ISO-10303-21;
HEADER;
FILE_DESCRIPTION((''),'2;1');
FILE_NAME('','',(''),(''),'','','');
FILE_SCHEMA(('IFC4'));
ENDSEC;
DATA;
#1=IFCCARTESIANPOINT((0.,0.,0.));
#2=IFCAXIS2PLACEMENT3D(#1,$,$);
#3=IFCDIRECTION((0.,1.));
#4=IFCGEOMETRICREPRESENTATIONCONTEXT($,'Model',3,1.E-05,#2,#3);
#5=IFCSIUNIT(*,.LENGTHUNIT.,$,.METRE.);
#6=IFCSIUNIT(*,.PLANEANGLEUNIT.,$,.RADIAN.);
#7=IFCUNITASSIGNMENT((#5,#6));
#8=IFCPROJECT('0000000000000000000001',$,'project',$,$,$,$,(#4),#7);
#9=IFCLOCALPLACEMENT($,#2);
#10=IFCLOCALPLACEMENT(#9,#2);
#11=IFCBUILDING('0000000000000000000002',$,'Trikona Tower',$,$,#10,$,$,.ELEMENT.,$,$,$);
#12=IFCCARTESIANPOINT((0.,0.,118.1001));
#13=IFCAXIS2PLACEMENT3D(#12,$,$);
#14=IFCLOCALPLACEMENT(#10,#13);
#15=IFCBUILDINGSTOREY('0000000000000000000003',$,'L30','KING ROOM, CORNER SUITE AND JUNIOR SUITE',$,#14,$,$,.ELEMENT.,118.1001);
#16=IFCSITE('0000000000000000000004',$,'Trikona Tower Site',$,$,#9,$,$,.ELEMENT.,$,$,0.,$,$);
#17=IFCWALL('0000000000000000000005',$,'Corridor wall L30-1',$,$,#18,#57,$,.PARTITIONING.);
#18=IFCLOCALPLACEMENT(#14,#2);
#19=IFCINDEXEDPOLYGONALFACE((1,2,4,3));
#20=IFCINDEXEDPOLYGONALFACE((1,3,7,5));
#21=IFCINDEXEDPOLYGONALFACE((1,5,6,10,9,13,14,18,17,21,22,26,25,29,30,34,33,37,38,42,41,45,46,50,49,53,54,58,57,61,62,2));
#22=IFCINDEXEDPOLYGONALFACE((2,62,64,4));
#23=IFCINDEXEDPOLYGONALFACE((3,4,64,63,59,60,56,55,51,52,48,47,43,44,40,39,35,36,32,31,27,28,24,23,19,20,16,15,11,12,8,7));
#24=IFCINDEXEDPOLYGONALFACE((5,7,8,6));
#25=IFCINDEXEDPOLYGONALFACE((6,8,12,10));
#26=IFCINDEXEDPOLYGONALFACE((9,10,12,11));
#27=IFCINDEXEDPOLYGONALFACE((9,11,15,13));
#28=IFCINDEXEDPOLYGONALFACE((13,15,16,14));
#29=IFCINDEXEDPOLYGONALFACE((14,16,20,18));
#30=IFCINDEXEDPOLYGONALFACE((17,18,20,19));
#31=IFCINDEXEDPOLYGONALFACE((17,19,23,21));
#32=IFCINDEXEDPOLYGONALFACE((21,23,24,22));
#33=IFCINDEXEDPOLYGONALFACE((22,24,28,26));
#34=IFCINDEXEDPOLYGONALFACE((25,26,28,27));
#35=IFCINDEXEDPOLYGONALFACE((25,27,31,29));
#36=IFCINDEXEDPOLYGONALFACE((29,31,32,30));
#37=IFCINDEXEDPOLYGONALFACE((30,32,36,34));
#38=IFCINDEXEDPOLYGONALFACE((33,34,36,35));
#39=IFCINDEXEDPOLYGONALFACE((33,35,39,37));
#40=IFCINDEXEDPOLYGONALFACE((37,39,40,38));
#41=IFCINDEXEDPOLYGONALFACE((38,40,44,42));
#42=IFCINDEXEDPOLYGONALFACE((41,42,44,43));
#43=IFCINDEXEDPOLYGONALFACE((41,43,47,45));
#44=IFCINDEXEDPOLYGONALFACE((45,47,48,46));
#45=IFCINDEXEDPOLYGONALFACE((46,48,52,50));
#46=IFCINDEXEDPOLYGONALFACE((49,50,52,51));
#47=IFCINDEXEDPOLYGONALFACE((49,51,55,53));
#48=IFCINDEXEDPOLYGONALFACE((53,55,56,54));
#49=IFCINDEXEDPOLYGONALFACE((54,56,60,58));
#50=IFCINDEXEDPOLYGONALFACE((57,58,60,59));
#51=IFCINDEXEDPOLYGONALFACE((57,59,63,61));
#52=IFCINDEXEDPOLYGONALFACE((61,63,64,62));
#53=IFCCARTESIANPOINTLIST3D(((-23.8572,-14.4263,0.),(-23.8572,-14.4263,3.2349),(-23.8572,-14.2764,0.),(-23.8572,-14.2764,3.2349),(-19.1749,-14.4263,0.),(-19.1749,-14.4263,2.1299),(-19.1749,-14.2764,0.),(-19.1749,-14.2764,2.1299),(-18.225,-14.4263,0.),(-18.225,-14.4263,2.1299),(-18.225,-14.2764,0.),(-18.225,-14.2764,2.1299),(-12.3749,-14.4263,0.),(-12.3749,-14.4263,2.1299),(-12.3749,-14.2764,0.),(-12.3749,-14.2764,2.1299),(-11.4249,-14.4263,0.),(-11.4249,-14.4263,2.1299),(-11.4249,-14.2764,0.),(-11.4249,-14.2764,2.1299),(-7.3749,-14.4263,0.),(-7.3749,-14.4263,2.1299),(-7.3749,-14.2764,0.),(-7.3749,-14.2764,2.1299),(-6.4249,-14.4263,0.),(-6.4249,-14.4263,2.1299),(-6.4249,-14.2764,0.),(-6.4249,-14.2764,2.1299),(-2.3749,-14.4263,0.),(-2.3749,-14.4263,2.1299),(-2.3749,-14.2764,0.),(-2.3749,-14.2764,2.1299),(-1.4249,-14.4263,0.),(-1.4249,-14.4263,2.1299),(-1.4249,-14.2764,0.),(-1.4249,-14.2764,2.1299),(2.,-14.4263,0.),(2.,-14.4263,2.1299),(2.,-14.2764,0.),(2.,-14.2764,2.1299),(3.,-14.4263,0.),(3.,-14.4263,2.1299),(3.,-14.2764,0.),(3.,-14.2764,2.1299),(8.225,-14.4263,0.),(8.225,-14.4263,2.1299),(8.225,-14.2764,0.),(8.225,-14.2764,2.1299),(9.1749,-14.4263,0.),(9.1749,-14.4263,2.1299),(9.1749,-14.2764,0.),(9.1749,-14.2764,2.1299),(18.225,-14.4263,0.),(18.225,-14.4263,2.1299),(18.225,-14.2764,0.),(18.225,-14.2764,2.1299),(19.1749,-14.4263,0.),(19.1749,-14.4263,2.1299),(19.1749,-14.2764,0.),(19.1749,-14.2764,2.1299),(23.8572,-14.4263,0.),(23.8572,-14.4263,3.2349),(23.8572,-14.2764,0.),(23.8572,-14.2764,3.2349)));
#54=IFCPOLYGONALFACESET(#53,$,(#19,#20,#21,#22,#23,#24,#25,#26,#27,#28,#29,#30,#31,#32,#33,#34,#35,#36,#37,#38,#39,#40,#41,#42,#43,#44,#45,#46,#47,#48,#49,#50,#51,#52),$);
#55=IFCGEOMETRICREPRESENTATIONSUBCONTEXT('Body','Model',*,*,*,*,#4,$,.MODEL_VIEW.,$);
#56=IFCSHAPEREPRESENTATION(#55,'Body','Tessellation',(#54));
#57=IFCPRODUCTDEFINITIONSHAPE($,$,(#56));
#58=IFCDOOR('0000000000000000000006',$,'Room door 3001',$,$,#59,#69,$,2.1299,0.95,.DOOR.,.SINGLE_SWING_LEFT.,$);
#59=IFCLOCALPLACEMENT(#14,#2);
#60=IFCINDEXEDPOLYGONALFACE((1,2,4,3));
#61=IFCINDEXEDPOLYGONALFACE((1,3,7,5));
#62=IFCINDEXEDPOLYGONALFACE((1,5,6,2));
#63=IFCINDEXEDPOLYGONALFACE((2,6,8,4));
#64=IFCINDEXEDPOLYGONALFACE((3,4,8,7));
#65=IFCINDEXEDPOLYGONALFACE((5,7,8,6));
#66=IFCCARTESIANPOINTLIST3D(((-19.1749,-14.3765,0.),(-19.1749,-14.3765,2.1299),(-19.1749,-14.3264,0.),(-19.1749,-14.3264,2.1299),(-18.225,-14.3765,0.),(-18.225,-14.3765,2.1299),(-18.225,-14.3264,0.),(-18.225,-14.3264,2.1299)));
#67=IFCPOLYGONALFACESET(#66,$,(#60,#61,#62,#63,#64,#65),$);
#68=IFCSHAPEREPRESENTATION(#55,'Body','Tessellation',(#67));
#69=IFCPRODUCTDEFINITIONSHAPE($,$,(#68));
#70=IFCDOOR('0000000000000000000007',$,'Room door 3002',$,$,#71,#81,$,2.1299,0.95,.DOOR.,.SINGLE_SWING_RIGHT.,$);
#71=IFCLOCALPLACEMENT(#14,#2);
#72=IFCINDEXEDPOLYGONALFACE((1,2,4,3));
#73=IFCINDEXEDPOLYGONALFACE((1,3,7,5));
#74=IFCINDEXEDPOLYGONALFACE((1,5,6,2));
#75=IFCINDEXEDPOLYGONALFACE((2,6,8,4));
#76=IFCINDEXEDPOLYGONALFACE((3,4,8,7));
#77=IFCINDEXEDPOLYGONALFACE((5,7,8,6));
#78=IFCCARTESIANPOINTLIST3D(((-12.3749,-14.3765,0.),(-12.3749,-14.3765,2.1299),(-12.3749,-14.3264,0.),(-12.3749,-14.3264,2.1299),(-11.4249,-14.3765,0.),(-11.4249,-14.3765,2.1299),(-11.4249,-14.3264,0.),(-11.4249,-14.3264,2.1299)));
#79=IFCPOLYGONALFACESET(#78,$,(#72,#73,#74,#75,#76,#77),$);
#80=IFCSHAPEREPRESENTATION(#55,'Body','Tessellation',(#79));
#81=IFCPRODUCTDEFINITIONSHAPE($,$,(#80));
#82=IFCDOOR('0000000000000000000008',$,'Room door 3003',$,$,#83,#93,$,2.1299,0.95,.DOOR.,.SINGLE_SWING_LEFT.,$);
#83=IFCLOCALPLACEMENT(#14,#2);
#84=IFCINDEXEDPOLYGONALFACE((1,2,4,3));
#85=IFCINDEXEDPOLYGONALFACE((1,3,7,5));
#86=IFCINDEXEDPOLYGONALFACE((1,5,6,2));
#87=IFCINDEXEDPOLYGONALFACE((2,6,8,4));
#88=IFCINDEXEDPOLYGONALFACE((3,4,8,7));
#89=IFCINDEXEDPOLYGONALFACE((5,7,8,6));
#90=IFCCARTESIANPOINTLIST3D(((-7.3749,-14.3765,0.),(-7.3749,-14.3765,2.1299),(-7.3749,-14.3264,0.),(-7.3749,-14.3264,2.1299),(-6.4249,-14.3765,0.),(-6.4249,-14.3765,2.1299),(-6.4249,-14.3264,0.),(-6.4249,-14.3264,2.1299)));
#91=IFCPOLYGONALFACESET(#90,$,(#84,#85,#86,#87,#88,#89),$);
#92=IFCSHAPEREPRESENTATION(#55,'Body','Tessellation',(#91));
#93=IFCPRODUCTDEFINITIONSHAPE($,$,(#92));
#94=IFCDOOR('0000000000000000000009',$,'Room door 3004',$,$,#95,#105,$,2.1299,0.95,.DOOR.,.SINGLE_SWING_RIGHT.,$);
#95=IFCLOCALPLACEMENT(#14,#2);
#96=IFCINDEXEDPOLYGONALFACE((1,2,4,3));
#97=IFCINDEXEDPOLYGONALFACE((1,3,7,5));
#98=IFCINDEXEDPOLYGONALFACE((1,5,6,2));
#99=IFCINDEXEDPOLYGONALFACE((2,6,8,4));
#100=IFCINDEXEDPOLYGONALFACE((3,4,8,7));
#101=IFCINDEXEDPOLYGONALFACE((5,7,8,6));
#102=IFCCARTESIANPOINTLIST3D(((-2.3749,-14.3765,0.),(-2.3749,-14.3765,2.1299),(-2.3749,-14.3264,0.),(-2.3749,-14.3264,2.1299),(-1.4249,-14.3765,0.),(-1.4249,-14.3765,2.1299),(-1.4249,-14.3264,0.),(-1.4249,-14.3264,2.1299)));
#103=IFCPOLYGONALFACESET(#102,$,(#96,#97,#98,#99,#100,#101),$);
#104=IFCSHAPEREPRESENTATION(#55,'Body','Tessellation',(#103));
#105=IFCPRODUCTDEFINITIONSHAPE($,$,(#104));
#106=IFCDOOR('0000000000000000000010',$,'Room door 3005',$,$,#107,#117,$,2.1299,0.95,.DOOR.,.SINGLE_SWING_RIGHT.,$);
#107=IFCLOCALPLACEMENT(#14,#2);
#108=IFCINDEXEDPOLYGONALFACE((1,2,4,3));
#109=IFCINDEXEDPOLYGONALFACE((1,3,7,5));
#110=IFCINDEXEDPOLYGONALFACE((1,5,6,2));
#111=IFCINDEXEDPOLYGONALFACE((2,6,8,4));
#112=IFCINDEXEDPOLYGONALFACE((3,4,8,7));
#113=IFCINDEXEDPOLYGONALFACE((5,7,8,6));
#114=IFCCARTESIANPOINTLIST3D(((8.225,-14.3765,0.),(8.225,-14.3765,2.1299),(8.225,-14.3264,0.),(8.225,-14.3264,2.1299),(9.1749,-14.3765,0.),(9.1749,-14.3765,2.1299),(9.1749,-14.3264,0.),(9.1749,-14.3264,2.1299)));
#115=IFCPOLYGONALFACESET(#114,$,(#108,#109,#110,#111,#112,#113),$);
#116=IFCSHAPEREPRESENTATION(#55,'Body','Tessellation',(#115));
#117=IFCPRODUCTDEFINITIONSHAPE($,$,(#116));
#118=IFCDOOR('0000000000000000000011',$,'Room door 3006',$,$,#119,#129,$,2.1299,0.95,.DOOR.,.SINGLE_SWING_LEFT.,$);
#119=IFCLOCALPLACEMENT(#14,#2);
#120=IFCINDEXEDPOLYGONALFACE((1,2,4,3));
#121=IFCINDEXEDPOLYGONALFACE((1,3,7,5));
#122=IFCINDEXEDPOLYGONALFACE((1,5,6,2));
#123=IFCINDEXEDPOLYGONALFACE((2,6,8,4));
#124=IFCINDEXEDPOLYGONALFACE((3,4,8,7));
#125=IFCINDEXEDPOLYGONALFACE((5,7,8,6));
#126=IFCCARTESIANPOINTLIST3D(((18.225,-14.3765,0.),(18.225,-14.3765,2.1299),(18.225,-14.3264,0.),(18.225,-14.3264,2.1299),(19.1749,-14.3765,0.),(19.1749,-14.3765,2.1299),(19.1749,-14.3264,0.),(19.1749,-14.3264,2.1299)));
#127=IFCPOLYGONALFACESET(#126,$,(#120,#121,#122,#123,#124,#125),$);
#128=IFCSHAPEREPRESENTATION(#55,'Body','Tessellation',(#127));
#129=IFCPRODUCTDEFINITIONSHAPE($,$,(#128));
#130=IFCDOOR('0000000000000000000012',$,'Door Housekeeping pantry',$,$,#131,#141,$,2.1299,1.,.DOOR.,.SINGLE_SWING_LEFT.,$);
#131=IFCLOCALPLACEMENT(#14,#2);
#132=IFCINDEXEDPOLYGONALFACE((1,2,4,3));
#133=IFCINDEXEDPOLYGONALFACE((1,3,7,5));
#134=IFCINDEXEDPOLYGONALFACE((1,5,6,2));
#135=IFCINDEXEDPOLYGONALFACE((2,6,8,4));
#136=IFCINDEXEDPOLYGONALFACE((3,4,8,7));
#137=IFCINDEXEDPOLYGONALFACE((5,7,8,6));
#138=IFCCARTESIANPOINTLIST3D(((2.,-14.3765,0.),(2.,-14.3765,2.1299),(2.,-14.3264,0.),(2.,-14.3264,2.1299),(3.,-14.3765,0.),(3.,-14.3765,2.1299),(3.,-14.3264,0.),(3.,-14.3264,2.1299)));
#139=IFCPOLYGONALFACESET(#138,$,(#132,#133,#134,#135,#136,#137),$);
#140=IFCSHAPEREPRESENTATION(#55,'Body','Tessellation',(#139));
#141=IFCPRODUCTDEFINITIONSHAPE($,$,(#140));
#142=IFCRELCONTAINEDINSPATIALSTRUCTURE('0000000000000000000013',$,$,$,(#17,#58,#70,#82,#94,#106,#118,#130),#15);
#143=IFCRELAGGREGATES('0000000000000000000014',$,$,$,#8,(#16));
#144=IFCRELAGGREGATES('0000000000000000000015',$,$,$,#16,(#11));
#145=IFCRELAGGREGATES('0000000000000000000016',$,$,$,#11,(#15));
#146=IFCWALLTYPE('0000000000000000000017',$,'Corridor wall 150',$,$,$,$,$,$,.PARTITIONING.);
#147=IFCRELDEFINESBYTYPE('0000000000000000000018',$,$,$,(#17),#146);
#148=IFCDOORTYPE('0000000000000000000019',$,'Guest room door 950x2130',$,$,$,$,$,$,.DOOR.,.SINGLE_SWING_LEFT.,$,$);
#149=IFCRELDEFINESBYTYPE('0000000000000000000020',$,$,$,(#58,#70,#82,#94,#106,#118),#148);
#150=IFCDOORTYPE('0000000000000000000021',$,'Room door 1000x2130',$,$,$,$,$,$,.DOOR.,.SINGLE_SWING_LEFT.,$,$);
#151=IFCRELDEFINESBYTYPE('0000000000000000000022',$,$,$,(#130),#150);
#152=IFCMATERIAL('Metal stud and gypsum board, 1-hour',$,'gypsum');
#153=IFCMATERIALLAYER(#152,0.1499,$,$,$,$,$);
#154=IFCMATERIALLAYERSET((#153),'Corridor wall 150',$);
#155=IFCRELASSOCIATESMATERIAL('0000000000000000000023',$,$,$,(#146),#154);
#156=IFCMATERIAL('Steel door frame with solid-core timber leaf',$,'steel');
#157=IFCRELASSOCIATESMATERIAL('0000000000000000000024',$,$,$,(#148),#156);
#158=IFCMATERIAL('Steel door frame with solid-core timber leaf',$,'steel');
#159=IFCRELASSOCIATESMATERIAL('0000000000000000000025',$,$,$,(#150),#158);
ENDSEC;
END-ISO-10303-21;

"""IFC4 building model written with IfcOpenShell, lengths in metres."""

from ifc_helpers import new_model, si_unit, direction, frame, frame_2d, origin, place, context, subcontext, project, spatial, rectangle, extrude, material, layer, layer_set, type_object, element, fill, save


model = new_model("IFC4")

# Units and contexts
model_context = context("Model", 3, precision=1e-05, world=origin(), true_north=direction((0.0, 1.0)))
body_context = subcontext(model_context, "Body", "Model", "MODEL_VIEW")
ifc_project = project(units=[si_unit("LENGTHUNIT", "METRE"), si_unit("PLANEANGLEUNIT", "RADIAN")], contexts=[model_context])

# Site, building, storey
site_placement = place(None, origin())
site = spatial("IfcSite", under=ifc_project, at=site_placement, Name="Trikona Tower Site", CompositionType="ELEMENT", RefElevation=0.0)
building_placement = place(site_placement, origin())
building = spatial("IfcBuilding", under=site, at=building_placement, Name="Trikona Tower", CompositionType="ELEMENT")
storey_placement = place(building_placement, frame((0.0, 0.0, 118.1001)))
storey = spatial("IfcBuildingStorey", under=building, at=storey_placement, Name="L30", Description="KING ROOM, CORNER SUITE AND JUNIOR SUITE", CompositionType="ELEMENT", Elevation=118.1001)

# Wall, openings, doors
ifc_material_1 = material(Name="Metal stud and gypsum board, 1-hour", Category="gypsum")
ifc_layer_1 = layer(ifc_material_1, 0.1499)
ifc_layer_set_1 = layer_set([ifc_layer_1], Name="Corridor wall 150")
wall_type_1 = type_object("IfcWallType", Name="Corridor wall 150", PredefinedType="PARTITIONING", material=ifc_layer_set_1)
wall_1_placement = place(storey_placement, frame((-23.8572, -14.3513, 0.0), z_axis=(0.0, 0.0, 1.0), x_axis=(1.0, 0.0, 0.0)))
wall_1 = element("IfcWall", 1, at=wall_1_placement, inside=storey, type_object=wall_type_1, Name="Corridor wall L30-1", PredefinedType="PARTITIONING", context=body_context, shape_type="SweptSolid", body=[
    extrude(rectangle(XDim=47.7144, YDim=0.1499, at=frame_2d((23.8572, 0.0))), origin(), (0.0, 0.0, 1.0), 3.2349),
])
opening_1_placement = place(wall_1_placement, frame((4.6821, 0.0, 0.0)))
opening_1 = element("IfcOpeningElement", 2, at=opening_1_placement, cuts=wall_1, PredefinedType="OPENING", context=body_context, shape_type="SweptSolid", body=[
    extrude(rectangle(XDim=0.95, YDim=2.1299, at=frame_2d((0.4751, 1.0649))), frame((0.0, 0.085, 0.0), z_axis=(0.0, -1.0, 0.0), x_axis=(1.0, 0.0, 0.0)), (0.0, 0.0, 1.0), 0.1699),
])
opening_2_placement = place(wall_1_placement, frame((11.4822, 0.0, 0.0)))
opening_2 = element("IfcOpeningElement", 3, at=opening_2_placement, cuts=wall_1, PredefinedType="OPENING", context=body_context, shape_type="SweptSolid", body=[
    extrude(rectangle(XDim=0.95, YDim=2.1299, at=frame_2d((0.4751, 1.0649))), frame((0.0, 0.085, 0.0), z_axis=(0.0, -1.0, 0.0), x_axis=(1.0, 0.0, 0.0)), (0.0, 0.0, 1.0), 0.1699),
])
opening_3_placement = place(wall_1_placement, frame((16.4822, 0.0, 0.0)))
opening_3 = element("IfcOpeningElement", 4, at=opening_3_placement, cuts=wall_1, PredefinedType="OPENING", context=body_context, shape_type="SweptSolid", body=[
    extrude(rectangle(XDim=0.95, YDim=2.1299, at=frame_2d((0.4751, 1.0649))), frame((0.0, 0.085, 0.0), z_axis=(0.0, -1.0, 0.0), x_axis=(1.0, 0.0, 0.0)), (0.0, 0.0, 1.0), 0.1699),
])
opening_4_placement = place(wall_1_placement, frame((21.4822, 0.0, 0.0)))
opening_4 = element("IfcOpeningElement", 5, at=opening_4_placement, cuts=wall_1, PredefinedType="OPENING", context=body_context, shape_type="SweptSolid", body=[
    extrude(rectangle(XDim=0.95, YDim=2.1299, at=frame_2d((0.4751, 1.0649))), frame((0.0, 0.085, 0.0), z_axis=(0.0, -1.0, 0.0), x_axis=(1.0, 0.0, 0.0)), (0.0, 0.0, 1.0), 0.1699),
])
opening_5_placement = place(wall_1_placement, frame((25.8572, 0.0, 0.0)))
opening_5 = element("IfcOpeningElement", 6, at=opening_5_placement, cuts=wall_1, PredefinedType="OPENING", context=body_context, shape_type="SweptSolid", body=[
    extrude(rectangle(XDim=1.0, YDim=2.1299, at=frame_2d((0.5, 1.0649))), frame((0.0, 0.085, 0.0), z_axis=(0.0, -1.0, 0.0), x_axis=(1.0, 0.0, 0.0)), (0.0, 0.0, 1.0), 0.1699),
])
opening_6_placement = place(wall_1_placement, frame((32.082, 0.0, 0.0)))
opening_6 = element("IfcOpeningElement", 7, at=opening_6_placement, cuts=wall_1, PredefinedType="OPENING", context=body_context, shape_type="SweptSolid", body=[
    extrude(rectangle(XDim=0.95, YDim=2.1299, at=frame_2d((0.4751, 1.0649))), frame((0.0, 0.085, 0.0), z_axis=(0.0, -1.0, 0.0), x_axis=(1.0, 0.0, 0.0)), (0.0, 0.0, 1.0), 0.1699),
])
opening_7_placement = place(wall_1_placement, frame((42.082, 0.0, 0.0)))
opening_7 = element("IfcOpeningElement", 8, at=opening_7_placement, cuts=wall_1, PredefinedType="OPENING", context=body_context, shape_type="SweptSolid", body=[
    extrude(rectangle(XDim=0.95, YDim=2.1299, at=frame_2d((0.4751, 1.0649))), frame((0.0, 0.085, 0.0), z_axis=(0.0, -1.0, 0.0), x_axis=(1.0, 0.0, 0.0)), (0.0, 0.0, 1.0), 0.1699),
])
ifc_material_2 = material(Name="Steel door frame with solid-core timber leaf", Category="steel")
door_type_1 = type_object("IfcDoorType", Name="Guest room door 950x2130", OperationType="SINGLE_SWING_LEFT", PredefinedType="DOOR", material=ifc_material_2)
door_1_placement = place(opening_1_placement, origin())
door_1 = element("IfcDoor", 9, at=door_1_placement, inside=storey, type_object=door_type_1, Name="Room door 3001", OperationType="SINGLE_SWING_LEFT", OverallHeight=2.1299, OverallWidth=0.95, PredefinedType="DOOR", context=body_context, shape_type="SweptSolid", body=[
    extrude(rectangle(XDim=0.95, YDim=2.1299, at=frame_2d((0.4751, 1.0649))), frame((0.0, 0.0249, 0.0), z_axis=(0.0, -1.0, 0.0), x_axis=(1.0, 0.0, 0.0)), (0.0, 0.0, 1.0), 0.05),
])
fill(opening_1, door_1)
door_2_placement = place(opening_2_placement, origin())
door_2 = element("IfcDoor", 10, at=door_2_placement, inside=storey, type_object=door_type_1, Name="Room door 3002", OperationType="SINGLE_SWING_RIGHT", OverallHeight=2.1299, OverallWidth=0.95, PredefinedType="DOOR", context=body_context, shape_type="SweptSolid", body=[
    extrude(rectangle(XDim=0.95, YDim=2.1299, at=frame_2d((0.4751, 1.0649))), frame((0.0, 0.0249, 0.0), z_axis=(0.0, -1.0, 0.0), x_axis=(1.0, 0.0, 0.0)), (0.0, 0.0, 1.0), 0.05),
])
fill(opening_2, door_2)
door_3_placement = place(opening_3_placement, origin())
door_3 = element("IfcDoor", 11, at=door_3_placement, inside=storey, type_object=door_type_1, Name="Room door 3003", OperationType="SINGLE_SWING_LEFT", OverallHeight=2.1299, OverallWidth=0.95, PredefinedType="DOOR", context=body_context, shape_type="SweptSolid", body=[
    extrude(rectangle(XDim=0.95, YDim=2.1299, at=frame_2d((0.4751, 1.0649))), frame((0.0, 0.0249, 0.0), z_axis=(0.0, -1.0, 0.0), x_axis=(1.0, 0.0, 0.0)), (0.0, 0.0, 1.0), 0.05),
])
fill(opening_3, door_3)
door_4_placement = place(opening_4_placement, origin())
door_4 = element("IfcDoor", 12, at=door_4_placement, inside=storey, type_object=door_type_1, Name="Room door 3004", OperationType="SINGLE_SWING_RIGHT", OverallHeight=2.1299, OverallWidth=0.95, PredefinedType="DOOR", context=body_context, shape_type="SweptSolid", body=[
    extrude(rectangle(XDim=0.95, YDim=2.1299, at=frame_2d((0.4751, 1.0649))), frame((0.0, 0.0249, 0.0), z_axis=(0.0, -1.0, 0.0), x_axis=(1.0, 0.0, 0.0)), (0.0, 0.0, 1.0), 0.05),
])
fill(opening_4, door_4)
door_5_placement = place(opening_6_placement, origin())
door_5 = element("IfcDoor", 13, at=door_5_placement, inside=storey, type_object=door_type_1, Name="Room door 3005", OperationType="SINGLE_SWING_RIGHT", OverallHeight=2.1299, OverallWidth=0.95, PredefinedType="DOOR", context=body_context, shape_type="SweptSolid", body=[
    extrude(rectangle(XDim=0.95, YDim=2.1299, at=frame_2d((0.4751, 1.0649))), frame((0.0, 0.0249, 0.0), z_axis=(0.0, -1.0, 0.0), x_axis=(1.0, 0.0, 0.0)), (0.0, 0.0, 1.0), 0.05),
])
fill(opening_6, door_5)
door_6_placement = place(opening_7_placement, origin())
door_6 = element("IfcDoor", 14, at=door_6_placement, inside=storey, type_object=door_type_1, Name="Room door 3006", OperationType="SINGLE_SWING_LEFT", OverallHeight=2.1299, OverallWidth=0.95, PredefinedType="DOOR", context=body_context, shape_type="SweptSolid", body=[
    extrude(rectangle(XDim=0.95, YDim=2.1299, at=frame_2d((0.4751, 1.0649))), frame((0.0, 0.0249, 0.0), z_axis=(0.0, -1.0, 0.0), x_axis=(1.0, 0.0, 0.0)), (0.0, 0.0, 1.0), 0.05),
])
fill(opening_7, door_6)
ifc_material_3 = material(Name="Steel door frame with solid-core timber leaf", Category="steel")
door_type_2 = type_object("IfcDoorType", Name="Room door 1000x2130", OperationType="SINGLE_SWING_LEFT", PredefinedType="DOOR", material=ifc_material_3)
door_7_placement = place(opening_5_placement, origin())
door_7 = element("IfcDoor", 15, at=door_7_placement, inside=storey, type_object=door_type_2, Name="Door Housekeeping pantry", OperationType="SINGLE_SWING_LEFT", OverallHeight=2.1299, OverallWidth=1.0, PredefinedType="DOOR", context=body_context, shape_type="SweptSolid", body=[
    extrude(rectangle(XDim=1.0, YDim=2.1299, at=frame_2d((0.5, 1.0649))), frame((0.0, 0.0249, 0.0), z_axis=(0.0, -1.0, 0.0), x_axis=(1.0, 0.0, 0.0)), (0.0, 0.0, 1.0), 0.05),
])
fill(opening_5, door_7)

save(model, "model.ifc")
